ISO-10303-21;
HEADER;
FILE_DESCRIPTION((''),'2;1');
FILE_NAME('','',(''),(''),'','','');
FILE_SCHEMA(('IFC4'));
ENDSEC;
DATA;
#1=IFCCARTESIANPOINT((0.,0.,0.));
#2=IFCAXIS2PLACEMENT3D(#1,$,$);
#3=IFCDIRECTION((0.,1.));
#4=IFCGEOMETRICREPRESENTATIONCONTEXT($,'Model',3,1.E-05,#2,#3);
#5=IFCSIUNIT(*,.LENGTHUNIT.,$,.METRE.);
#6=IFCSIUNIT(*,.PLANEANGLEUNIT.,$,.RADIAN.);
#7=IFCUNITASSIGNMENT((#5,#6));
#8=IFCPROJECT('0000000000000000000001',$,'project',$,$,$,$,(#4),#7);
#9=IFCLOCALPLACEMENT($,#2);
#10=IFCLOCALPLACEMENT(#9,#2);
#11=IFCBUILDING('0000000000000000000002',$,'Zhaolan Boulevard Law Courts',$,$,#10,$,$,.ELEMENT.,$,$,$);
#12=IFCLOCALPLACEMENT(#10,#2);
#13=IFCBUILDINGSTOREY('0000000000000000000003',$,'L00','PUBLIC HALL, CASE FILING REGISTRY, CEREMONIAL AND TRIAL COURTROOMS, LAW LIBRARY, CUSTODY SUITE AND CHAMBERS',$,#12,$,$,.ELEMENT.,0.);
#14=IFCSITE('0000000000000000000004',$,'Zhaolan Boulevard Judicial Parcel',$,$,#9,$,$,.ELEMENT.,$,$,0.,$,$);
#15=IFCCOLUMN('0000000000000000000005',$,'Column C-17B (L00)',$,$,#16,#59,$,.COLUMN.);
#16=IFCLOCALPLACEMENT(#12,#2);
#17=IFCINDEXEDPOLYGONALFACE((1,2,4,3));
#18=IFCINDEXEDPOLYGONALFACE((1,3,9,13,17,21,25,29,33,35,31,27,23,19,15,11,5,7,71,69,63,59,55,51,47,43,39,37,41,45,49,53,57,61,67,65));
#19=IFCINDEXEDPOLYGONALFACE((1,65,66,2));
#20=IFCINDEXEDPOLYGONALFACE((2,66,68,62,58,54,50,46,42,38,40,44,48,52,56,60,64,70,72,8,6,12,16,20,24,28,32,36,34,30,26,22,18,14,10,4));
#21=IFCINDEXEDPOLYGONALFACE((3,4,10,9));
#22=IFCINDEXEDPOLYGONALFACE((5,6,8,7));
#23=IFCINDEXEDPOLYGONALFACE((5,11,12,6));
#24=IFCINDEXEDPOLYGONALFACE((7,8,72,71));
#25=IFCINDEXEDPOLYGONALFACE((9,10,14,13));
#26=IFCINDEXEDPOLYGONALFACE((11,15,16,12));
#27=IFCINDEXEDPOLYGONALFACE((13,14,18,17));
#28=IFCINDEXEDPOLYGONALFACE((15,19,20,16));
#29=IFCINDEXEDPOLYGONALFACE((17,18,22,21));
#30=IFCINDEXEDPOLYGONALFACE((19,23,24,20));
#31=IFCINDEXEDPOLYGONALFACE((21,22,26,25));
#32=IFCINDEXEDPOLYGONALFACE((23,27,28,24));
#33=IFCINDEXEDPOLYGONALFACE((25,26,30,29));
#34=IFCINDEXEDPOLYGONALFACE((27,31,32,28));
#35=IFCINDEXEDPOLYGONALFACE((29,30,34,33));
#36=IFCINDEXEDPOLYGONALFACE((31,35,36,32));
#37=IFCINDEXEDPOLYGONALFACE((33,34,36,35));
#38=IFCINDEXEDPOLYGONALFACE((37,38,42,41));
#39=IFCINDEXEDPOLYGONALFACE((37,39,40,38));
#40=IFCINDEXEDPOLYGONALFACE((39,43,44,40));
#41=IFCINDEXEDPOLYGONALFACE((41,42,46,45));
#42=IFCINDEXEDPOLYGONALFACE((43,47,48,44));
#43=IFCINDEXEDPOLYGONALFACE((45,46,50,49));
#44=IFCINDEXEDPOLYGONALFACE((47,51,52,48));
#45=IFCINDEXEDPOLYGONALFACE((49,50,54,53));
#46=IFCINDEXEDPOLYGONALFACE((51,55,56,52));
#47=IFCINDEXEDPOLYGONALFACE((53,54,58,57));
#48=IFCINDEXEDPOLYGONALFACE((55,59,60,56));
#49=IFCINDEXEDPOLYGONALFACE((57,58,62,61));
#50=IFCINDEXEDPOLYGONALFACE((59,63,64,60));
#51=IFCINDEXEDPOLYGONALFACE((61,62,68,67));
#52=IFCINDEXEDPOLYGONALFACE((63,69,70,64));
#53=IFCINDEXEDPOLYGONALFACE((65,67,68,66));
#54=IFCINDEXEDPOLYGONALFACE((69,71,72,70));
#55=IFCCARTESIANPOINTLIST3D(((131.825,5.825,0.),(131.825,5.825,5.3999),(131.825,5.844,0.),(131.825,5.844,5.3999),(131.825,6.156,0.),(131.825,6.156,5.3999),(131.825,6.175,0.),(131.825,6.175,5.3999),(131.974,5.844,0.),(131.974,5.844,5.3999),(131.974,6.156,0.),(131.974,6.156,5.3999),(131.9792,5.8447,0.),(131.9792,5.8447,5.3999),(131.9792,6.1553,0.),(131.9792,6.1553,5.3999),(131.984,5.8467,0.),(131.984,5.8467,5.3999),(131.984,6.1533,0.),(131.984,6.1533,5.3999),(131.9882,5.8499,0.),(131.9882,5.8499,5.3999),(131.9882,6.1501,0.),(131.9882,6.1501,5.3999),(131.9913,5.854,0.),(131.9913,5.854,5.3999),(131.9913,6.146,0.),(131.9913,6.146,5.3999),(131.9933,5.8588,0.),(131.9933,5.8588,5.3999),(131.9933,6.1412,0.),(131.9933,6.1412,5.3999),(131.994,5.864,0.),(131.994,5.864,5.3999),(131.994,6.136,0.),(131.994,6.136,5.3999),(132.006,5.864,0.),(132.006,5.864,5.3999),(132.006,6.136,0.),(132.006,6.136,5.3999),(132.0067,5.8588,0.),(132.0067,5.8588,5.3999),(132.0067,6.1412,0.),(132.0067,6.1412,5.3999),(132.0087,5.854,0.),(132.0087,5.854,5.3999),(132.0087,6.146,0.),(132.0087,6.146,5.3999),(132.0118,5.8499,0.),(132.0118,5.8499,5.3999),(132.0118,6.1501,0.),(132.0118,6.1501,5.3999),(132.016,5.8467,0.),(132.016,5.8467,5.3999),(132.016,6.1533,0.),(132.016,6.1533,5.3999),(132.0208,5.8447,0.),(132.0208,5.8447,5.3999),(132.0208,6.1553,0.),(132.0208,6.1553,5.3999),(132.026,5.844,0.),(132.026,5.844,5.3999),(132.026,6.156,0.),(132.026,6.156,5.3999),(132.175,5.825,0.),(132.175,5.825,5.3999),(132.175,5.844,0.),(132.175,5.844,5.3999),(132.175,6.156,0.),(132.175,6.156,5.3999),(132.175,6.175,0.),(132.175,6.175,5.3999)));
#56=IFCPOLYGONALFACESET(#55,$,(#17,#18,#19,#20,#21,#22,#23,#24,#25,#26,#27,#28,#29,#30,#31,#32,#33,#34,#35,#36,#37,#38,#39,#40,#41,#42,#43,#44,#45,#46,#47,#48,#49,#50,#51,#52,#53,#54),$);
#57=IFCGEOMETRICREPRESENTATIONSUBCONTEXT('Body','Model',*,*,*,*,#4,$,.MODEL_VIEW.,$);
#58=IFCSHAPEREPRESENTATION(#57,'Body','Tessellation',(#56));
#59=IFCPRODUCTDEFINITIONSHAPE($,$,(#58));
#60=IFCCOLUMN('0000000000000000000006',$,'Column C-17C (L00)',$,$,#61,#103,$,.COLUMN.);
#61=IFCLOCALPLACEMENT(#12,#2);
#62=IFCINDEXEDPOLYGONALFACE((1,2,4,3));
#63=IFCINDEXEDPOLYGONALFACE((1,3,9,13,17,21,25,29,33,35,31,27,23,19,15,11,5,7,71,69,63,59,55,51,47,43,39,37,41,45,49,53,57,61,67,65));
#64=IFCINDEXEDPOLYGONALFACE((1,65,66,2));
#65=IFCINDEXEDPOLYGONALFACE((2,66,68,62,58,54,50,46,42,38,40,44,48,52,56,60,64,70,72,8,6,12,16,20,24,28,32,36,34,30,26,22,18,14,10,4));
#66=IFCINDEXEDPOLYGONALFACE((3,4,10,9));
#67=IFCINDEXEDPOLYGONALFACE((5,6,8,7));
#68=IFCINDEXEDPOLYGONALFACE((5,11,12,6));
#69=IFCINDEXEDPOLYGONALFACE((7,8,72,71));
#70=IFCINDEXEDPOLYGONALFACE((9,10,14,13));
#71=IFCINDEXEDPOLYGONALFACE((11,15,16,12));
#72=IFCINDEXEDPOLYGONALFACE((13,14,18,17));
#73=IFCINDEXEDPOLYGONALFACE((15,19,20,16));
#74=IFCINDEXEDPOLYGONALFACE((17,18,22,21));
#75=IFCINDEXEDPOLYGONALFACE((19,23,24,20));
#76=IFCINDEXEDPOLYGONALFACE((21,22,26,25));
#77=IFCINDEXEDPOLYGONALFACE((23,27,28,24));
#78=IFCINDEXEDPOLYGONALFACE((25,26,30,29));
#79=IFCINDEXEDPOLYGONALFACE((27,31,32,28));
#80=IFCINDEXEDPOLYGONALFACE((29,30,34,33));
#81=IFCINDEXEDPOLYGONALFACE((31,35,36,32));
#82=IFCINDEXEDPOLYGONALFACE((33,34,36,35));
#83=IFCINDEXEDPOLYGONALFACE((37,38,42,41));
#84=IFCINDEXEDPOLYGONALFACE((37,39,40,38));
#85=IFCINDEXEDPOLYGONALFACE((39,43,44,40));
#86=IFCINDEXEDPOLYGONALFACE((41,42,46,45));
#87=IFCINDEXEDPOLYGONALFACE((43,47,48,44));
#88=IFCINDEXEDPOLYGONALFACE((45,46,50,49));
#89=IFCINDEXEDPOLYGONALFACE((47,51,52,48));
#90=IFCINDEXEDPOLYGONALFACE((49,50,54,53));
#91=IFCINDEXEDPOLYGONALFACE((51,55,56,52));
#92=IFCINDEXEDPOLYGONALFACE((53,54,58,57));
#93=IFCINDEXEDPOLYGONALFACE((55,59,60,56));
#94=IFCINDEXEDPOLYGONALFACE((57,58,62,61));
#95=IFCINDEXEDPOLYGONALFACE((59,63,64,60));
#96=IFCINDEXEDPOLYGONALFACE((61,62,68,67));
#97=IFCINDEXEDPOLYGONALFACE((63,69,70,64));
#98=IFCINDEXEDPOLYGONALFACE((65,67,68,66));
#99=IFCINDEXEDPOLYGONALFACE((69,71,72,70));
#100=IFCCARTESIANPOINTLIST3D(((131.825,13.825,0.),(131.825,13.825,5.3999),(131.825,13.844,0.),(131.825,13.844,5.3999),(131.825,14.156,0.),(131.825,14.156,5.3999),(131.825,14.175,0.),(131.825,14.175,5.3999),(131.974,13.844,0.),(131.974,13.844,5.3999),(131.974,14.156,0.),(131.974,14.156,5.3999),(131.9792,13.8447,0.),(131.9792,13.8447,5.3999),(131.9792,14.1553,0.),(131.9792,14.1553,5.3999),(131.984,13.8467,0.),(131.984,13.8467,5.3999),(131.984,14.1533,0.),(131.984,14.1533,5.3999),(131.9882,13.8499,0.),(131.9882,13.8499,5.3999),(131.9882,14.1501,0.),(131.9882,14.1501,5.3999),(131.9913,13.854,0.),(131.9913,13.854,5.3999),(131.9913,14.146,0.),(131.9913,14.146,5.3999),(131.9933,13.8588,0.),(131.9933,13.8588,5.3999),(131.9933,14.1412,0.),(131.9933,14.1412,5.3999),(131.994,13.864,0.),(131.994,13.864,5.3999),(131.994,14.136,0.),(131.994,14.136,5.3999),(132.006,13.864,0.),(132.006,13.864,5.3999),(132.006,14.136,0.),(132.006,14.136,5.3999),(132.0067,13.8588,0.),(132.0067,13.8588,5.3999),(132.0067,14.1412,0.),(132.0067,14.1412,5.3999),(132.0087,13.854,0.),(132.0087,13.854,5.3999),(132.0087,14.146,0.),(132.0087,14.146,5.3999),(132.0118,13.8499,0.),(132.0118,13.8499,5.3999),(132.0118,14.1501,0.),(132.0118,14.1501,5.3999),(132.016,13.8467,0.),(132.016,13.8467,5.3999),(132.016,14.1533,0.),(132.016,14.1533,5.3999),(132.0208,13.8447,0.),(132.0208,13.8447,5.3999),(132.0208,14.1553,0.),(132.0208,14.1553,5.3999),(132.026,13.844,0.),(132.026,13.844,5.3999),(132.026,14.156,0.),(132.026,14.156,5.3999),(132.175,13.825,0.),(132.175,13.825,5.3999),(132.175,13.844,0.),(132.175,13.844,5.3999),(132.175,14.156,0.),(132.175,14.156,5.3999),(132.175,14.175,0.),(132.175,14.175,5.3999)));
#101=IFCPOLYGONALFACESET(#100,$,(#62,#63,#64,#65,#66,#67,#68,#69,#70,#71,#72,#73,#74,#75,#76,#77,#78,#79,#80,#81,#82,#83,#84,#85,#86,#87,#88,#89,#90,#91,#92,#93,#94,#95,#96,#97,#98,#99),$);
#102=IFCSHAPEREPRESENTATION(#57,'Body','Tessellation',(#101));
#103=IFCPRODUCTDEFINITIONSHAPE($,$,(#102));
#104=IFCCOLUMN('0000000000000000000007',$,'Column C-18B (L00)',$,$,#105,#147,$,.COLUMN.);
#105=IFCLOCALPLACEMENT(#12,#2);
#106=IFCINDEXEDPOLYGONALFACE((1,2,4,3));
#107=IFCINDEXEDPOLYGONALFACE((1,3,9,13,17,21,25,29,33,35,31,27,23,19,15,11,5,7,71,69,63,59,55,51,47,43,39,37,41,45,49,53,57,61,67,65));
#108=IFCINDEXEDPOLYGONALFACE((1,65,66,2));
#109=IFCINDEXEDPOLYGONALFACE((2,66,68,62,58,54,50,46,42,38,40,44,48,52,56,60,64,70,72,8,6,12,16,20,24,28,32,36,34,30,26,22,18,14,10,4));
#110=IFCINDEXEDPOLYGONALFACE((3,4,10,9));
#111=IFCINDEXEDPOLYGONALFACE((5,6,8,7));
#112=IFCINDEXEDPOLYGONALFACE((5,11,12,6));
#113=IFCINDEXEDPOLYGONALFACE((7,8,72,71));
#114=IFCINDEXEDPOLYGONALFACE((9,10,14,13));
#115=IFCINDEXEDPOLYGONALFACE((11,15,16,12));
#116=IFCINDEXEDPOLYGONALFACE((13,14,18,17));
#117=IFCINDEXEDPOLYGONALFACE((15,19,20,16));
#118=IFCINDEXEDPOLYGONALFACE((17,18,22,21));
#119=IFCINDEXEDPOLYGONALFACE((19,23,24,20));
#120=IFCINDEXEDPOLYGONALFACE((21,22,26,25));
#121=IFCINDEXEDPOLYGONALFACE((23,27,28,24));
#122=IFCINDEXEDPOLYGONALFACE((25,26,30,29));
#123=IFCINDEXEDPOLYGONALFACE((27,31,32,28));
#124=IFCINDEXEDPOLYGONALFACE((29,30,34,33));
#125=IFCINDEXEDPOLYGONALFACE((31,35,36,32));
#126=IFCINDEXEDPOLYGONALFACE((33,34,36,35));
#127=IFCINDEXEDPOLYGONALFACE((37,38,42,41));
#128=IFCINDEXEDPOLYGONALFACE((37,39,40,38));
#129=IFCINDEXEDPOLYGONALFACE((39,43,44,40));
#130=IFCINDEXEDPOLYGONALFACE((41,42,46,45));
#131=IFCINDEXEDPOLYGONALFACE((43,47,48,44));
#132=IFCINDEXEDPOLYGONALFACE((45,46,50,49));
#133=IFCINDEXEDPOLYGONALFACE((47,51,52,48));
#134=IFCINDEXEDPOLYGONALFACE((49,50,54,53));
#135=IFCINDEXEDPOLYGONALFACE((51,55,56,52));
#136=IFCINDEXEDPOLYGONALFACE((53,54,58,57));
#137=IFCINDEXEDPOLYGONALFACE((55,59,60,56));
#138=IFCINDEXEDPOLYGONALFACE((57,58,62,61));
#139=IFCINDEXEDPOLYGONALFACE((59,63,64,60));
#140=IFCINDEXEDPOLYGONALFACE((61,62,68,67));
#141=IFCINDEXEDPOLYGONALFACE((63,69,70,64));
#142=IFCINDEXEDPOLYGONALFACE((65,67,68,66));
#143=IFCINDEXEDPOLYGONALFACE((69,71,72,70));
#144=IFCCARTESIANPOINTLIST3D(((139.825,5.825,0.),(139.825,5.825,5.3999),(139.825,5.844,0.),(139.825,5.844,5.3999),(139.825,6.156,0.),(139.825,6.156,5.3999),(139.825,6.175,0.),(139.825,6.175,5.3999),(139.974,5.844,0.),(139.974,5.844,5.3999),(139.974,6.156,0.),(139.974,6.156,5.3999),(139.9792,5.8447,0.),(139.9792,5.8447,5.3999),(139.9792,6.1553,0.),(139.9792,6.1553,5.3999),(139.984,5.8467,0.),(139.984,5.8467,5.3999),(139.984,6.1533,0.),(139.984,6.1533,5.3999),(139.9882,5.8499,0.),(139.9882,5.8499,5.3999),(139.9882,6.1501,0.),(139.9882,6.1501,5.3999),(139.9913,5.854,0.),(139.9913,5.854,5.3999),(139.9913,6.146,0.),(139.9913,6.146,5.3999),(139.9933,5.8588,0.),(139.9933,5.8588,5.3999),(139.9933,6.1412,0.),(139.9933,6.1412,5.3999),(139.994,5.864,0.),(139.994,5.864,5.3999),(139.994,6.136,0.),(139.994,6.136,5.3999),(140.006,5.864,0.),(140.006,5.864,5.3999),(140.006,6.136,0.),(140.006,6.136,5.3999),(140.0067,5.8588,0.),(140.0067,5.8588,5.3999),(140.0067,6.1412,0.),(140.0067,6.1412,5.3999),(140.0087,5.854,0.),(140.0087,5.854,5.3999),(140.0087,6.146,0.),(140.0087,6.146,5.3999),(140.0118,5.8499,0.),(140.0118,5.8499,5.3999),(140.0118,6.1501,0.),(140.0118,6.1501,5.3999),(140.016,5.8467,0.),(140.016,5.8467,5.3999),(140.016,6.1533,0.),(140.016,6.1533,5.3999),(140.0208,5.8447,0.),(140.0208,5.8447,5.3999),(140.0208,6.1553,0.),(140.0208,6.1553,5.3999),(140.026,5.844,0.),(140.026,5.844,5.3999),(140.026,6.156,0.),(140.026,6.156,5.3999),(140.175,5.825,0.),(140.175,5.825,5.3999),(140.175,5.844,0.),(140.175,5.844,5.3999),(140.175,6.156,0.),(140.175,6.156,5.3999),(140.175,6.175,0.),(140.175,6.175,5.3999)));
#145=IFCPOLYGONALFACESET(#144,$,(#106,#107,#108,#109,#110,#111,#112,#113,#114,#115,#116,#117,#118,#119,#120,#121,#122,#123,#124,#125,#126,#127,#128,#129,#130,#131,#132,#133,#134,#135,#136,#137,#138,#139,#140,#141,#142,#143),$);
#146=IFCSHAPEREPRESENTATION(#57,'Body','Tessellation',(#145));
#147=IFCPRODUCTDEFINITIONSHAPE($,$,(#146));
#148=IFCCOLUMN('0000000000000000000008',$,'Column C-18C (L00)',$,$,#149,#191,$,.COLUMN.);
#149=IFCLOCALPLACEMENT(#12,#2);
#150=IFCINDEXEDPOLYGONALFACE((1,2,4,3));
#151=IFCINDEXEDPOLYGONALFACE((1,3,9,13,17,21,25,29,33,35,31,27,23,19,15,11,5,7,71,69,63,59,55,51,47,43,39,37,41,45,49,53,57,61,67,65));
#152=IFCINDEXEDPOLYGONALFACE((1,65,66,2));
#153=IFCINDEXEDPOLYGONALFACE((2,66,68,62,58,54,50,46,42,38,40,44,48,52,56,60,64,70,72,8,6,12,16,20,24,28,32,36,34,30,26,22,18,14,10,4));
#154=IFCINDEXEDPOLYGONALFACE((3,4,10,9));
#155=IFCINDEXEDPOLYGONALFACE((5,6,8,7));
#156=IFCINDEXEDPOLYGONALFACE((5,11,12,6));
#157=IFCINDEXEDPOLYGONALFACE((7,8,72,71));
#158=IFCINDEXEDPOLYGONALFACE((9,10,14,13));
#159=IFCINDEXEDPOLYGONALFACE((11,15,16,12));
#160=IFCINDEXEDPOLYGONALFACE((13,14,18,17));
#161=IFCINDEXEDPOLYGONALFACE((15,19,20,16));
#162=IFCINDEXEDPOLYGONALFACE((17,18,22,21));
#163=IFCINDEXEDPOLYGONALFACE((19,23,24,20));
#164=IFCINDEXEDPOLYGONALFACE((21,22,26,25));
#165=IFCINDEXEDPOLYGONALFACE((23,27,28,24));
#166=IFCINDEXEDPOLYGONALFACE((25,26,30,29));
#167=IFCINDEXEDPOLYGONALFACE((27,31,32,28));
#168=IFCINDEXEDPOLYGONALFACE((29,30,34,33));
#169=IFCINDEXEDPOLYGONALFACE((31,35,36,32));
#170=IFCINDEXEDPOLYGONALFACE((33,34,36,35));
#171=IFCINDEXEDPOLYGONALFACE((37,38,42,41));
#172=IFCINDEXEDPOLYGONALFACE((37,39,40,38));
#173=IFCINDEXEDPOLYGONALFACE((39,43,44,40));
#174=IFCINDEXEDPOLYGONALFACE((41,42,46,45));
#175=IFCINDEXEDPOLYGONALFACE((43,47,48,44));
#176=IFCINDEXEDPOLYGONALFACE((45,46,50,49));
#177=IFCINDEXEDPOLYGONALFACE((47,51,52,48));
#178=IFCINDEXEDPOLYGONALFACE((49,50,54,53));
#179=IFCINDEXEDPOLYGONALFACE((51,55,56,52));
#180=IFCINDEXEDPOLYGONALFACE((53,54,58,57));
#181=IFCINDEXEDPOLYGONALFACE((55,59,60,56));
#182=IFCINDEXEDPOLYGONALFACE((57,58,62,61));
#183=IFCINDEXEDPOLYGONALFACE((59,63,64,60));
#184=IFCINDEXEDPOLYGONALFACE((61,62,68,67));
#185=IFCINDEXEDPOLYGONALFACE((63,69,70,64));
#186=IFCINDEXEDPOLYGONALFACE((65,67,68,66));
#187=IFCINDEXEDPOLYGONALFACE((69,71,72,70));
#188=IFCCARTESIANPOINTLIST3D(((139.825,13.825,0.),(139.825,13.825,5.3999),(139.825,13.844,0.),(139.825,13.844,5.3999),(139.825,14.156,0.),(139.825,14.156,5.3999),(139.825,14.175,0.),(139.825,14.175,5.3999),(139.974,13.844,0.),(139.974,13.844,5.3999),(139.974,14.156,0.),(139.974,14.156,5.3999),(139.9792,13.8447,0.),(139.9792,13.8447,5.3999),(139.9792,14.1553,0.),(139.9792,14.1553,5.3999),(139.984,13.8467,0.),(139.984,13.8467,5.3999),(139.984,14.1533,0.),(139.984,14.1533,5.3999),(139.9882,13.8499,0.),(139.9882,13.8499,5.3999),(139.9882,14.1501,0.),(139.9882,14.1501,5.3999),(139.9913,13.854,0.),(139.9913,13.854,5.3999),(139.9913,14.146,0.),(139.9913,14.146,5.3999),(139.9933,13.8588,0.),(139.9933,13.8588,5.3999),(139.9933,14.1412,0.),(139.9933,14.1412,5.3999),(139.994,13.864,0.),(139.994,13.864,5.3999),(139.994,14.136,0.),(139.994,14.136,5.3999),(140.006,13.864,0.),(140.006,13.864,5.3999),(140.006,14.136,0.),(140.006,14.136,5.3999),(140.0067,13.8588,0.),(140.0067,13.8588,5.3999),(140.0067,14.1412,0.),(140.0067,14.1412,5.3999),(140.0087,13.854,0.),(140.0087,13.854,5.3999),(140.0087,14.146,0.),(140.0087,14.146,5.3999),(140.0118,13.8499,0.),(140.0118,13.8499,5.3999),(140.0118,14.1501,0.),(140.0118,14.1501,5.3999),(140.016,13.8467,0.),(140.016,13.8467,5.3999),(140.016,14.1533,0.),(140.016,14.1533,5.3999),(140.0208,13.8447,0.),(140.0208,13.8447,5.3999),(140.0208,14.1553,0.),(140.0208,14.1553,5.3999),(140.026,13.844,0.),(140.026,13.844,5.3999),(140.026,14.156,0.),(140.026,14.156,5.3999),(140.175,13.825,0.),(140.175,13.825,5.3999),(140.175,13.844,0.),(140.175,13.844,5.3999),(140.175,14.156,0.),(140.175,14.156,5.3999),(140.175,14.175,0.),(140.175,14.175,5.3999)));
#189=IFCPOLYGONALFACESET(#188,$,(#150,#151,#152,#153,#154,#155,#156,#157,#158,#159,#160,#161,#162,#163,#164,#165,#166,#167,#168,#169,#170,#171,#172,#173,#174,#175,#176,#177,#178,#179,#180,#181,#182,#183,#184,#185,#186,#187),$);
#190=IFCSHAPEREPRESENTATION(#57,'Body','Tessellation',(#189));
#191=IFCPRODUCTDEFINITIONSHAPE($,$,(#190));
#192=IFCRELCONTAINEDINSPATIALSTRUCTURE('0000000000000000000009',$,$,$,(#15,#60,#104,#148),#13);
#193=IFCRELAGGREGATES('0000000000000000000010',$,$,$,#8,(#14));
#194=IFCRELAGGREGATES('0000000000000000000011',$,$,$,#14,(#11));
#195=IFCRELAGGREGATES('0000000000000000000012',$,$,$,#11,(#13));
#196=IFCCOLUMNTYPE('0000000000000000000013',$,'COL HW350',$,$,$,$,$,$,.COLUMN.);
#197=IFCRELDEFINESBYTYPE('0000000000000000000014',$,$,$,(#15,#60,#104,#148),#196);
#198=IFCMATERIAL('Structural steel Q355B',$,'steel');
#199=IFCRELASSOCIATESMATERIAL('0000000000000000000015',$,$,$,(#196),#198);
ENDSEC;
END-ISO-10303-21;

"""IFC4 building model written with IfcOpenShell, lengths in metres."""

from ifc_helpers import new_model, si_unit, direction, frame, origin, origin_2d, place, context, subcontext, project, spatial, i_section, extrude, material, material_profile, profile_set, type_object, element, save


model = new_model("IFC4")

# Units and contexts
model_context = context("Model", 3, precision=1e-05, world=origin(), true_north=direction((0.0, 1.0)))
body_context = subcontext(model_context, "Body", "Model", "MODEL_VIEW")
ifc_project = project(units=[si_unit("LENGTHUNIT", "METRE"), si_unit("PLANEANGLEUNIT", "RADIAN")], contexts=[model_context])

# Site, building, storey
site_placement = place(None, origin())
site = spatial("IfcSite", under=ifc_project, at=site_placement, Name="Zhaolan Boulevard Judicial Parcel", CompositionType="ELEMENT", RefElevation=0.0)
building_placement = place(site_placement, origin())
building = spatial("IfcBuilding", under=site, at=building_placement, Name="Zhaolan Boulevard Law Courts", CompositionType="ELEMENT")
storey_placement = place(building_placement, origin())
storey = spatial("IfcBuildingStorey", under=building, at=storey_placement, Name="L00", Description="PUBLIC HALL, CASE FILING REGISTRY, CEREMONIAL AND TRIAL COURTROOMS, LAW LIBRARY, CUSTODY SUITE AND CHAMBERS", CompositionType="ELEMENT", Elevation=0.0)

# Columns
ifc_material_1 = material(Name="Structural steel Q355B", Category="steel")
ifc_material_profile_1 = material_profile(ifc_material_1, i_section(OverallWidth=0.3501, OverallDepth=0.3501, WebThickness=0.012, FlangeThickness=0.019, FilletRadius=0.02, at=origin_2d()), Name="HW350x350")
ifc_profile_set_1 = profile_set([ifc_material_profile_1], Name="Structural steel Q355B")
column_type = type_object("IfcColumnType", Name="COL HW350", PredefinedType="COLUMN", material=ifc_profile_set_1)
for number, where, z_axis, x_axis, name in (
    (1, (132.0, 6.0, 0.0), (0.0, 0.0, 1.0), (1.0, 0.0, 0.0), "Column C-17B (L00)"),
    (2, (132.0, 14.0, 0.0), (0.0, 0.0, 1.0), (1.0, 0.0, 0.0), "Column C-17C (L00)"),
    (3, (140.0, 6.0, 0.0), (0.0, 0.0, 1.0), (1.0, 0.0, 0.0), "Column C-18B (L00)"),
    (4, (140.0, 14.0, 0.0), (0.0, 0.0, 1.0), (1.0, 0.0, 0.0), "Column C-18C (L00)"),
):
    element("IfcColumn", number, at=place(storey_placement, frame(where, z_axis=z_axis, x_axis=x_axis)), inside=storey, type_object=column_type, Name=name, PredefinedType="COLUMN", context=body_context, shape_type="SweptSolid", body=[
        extrude(i_section(OverallWidth=0.3501, OverallDepth=0.3501, WebThickness=0.012, FlangeThickness=0.019, FilletRadius=0.02, at=origin_2d()), origin(), (0.0, 0.0, 1.0), 5.3999),
    ])

save(model, "model.ifc")
